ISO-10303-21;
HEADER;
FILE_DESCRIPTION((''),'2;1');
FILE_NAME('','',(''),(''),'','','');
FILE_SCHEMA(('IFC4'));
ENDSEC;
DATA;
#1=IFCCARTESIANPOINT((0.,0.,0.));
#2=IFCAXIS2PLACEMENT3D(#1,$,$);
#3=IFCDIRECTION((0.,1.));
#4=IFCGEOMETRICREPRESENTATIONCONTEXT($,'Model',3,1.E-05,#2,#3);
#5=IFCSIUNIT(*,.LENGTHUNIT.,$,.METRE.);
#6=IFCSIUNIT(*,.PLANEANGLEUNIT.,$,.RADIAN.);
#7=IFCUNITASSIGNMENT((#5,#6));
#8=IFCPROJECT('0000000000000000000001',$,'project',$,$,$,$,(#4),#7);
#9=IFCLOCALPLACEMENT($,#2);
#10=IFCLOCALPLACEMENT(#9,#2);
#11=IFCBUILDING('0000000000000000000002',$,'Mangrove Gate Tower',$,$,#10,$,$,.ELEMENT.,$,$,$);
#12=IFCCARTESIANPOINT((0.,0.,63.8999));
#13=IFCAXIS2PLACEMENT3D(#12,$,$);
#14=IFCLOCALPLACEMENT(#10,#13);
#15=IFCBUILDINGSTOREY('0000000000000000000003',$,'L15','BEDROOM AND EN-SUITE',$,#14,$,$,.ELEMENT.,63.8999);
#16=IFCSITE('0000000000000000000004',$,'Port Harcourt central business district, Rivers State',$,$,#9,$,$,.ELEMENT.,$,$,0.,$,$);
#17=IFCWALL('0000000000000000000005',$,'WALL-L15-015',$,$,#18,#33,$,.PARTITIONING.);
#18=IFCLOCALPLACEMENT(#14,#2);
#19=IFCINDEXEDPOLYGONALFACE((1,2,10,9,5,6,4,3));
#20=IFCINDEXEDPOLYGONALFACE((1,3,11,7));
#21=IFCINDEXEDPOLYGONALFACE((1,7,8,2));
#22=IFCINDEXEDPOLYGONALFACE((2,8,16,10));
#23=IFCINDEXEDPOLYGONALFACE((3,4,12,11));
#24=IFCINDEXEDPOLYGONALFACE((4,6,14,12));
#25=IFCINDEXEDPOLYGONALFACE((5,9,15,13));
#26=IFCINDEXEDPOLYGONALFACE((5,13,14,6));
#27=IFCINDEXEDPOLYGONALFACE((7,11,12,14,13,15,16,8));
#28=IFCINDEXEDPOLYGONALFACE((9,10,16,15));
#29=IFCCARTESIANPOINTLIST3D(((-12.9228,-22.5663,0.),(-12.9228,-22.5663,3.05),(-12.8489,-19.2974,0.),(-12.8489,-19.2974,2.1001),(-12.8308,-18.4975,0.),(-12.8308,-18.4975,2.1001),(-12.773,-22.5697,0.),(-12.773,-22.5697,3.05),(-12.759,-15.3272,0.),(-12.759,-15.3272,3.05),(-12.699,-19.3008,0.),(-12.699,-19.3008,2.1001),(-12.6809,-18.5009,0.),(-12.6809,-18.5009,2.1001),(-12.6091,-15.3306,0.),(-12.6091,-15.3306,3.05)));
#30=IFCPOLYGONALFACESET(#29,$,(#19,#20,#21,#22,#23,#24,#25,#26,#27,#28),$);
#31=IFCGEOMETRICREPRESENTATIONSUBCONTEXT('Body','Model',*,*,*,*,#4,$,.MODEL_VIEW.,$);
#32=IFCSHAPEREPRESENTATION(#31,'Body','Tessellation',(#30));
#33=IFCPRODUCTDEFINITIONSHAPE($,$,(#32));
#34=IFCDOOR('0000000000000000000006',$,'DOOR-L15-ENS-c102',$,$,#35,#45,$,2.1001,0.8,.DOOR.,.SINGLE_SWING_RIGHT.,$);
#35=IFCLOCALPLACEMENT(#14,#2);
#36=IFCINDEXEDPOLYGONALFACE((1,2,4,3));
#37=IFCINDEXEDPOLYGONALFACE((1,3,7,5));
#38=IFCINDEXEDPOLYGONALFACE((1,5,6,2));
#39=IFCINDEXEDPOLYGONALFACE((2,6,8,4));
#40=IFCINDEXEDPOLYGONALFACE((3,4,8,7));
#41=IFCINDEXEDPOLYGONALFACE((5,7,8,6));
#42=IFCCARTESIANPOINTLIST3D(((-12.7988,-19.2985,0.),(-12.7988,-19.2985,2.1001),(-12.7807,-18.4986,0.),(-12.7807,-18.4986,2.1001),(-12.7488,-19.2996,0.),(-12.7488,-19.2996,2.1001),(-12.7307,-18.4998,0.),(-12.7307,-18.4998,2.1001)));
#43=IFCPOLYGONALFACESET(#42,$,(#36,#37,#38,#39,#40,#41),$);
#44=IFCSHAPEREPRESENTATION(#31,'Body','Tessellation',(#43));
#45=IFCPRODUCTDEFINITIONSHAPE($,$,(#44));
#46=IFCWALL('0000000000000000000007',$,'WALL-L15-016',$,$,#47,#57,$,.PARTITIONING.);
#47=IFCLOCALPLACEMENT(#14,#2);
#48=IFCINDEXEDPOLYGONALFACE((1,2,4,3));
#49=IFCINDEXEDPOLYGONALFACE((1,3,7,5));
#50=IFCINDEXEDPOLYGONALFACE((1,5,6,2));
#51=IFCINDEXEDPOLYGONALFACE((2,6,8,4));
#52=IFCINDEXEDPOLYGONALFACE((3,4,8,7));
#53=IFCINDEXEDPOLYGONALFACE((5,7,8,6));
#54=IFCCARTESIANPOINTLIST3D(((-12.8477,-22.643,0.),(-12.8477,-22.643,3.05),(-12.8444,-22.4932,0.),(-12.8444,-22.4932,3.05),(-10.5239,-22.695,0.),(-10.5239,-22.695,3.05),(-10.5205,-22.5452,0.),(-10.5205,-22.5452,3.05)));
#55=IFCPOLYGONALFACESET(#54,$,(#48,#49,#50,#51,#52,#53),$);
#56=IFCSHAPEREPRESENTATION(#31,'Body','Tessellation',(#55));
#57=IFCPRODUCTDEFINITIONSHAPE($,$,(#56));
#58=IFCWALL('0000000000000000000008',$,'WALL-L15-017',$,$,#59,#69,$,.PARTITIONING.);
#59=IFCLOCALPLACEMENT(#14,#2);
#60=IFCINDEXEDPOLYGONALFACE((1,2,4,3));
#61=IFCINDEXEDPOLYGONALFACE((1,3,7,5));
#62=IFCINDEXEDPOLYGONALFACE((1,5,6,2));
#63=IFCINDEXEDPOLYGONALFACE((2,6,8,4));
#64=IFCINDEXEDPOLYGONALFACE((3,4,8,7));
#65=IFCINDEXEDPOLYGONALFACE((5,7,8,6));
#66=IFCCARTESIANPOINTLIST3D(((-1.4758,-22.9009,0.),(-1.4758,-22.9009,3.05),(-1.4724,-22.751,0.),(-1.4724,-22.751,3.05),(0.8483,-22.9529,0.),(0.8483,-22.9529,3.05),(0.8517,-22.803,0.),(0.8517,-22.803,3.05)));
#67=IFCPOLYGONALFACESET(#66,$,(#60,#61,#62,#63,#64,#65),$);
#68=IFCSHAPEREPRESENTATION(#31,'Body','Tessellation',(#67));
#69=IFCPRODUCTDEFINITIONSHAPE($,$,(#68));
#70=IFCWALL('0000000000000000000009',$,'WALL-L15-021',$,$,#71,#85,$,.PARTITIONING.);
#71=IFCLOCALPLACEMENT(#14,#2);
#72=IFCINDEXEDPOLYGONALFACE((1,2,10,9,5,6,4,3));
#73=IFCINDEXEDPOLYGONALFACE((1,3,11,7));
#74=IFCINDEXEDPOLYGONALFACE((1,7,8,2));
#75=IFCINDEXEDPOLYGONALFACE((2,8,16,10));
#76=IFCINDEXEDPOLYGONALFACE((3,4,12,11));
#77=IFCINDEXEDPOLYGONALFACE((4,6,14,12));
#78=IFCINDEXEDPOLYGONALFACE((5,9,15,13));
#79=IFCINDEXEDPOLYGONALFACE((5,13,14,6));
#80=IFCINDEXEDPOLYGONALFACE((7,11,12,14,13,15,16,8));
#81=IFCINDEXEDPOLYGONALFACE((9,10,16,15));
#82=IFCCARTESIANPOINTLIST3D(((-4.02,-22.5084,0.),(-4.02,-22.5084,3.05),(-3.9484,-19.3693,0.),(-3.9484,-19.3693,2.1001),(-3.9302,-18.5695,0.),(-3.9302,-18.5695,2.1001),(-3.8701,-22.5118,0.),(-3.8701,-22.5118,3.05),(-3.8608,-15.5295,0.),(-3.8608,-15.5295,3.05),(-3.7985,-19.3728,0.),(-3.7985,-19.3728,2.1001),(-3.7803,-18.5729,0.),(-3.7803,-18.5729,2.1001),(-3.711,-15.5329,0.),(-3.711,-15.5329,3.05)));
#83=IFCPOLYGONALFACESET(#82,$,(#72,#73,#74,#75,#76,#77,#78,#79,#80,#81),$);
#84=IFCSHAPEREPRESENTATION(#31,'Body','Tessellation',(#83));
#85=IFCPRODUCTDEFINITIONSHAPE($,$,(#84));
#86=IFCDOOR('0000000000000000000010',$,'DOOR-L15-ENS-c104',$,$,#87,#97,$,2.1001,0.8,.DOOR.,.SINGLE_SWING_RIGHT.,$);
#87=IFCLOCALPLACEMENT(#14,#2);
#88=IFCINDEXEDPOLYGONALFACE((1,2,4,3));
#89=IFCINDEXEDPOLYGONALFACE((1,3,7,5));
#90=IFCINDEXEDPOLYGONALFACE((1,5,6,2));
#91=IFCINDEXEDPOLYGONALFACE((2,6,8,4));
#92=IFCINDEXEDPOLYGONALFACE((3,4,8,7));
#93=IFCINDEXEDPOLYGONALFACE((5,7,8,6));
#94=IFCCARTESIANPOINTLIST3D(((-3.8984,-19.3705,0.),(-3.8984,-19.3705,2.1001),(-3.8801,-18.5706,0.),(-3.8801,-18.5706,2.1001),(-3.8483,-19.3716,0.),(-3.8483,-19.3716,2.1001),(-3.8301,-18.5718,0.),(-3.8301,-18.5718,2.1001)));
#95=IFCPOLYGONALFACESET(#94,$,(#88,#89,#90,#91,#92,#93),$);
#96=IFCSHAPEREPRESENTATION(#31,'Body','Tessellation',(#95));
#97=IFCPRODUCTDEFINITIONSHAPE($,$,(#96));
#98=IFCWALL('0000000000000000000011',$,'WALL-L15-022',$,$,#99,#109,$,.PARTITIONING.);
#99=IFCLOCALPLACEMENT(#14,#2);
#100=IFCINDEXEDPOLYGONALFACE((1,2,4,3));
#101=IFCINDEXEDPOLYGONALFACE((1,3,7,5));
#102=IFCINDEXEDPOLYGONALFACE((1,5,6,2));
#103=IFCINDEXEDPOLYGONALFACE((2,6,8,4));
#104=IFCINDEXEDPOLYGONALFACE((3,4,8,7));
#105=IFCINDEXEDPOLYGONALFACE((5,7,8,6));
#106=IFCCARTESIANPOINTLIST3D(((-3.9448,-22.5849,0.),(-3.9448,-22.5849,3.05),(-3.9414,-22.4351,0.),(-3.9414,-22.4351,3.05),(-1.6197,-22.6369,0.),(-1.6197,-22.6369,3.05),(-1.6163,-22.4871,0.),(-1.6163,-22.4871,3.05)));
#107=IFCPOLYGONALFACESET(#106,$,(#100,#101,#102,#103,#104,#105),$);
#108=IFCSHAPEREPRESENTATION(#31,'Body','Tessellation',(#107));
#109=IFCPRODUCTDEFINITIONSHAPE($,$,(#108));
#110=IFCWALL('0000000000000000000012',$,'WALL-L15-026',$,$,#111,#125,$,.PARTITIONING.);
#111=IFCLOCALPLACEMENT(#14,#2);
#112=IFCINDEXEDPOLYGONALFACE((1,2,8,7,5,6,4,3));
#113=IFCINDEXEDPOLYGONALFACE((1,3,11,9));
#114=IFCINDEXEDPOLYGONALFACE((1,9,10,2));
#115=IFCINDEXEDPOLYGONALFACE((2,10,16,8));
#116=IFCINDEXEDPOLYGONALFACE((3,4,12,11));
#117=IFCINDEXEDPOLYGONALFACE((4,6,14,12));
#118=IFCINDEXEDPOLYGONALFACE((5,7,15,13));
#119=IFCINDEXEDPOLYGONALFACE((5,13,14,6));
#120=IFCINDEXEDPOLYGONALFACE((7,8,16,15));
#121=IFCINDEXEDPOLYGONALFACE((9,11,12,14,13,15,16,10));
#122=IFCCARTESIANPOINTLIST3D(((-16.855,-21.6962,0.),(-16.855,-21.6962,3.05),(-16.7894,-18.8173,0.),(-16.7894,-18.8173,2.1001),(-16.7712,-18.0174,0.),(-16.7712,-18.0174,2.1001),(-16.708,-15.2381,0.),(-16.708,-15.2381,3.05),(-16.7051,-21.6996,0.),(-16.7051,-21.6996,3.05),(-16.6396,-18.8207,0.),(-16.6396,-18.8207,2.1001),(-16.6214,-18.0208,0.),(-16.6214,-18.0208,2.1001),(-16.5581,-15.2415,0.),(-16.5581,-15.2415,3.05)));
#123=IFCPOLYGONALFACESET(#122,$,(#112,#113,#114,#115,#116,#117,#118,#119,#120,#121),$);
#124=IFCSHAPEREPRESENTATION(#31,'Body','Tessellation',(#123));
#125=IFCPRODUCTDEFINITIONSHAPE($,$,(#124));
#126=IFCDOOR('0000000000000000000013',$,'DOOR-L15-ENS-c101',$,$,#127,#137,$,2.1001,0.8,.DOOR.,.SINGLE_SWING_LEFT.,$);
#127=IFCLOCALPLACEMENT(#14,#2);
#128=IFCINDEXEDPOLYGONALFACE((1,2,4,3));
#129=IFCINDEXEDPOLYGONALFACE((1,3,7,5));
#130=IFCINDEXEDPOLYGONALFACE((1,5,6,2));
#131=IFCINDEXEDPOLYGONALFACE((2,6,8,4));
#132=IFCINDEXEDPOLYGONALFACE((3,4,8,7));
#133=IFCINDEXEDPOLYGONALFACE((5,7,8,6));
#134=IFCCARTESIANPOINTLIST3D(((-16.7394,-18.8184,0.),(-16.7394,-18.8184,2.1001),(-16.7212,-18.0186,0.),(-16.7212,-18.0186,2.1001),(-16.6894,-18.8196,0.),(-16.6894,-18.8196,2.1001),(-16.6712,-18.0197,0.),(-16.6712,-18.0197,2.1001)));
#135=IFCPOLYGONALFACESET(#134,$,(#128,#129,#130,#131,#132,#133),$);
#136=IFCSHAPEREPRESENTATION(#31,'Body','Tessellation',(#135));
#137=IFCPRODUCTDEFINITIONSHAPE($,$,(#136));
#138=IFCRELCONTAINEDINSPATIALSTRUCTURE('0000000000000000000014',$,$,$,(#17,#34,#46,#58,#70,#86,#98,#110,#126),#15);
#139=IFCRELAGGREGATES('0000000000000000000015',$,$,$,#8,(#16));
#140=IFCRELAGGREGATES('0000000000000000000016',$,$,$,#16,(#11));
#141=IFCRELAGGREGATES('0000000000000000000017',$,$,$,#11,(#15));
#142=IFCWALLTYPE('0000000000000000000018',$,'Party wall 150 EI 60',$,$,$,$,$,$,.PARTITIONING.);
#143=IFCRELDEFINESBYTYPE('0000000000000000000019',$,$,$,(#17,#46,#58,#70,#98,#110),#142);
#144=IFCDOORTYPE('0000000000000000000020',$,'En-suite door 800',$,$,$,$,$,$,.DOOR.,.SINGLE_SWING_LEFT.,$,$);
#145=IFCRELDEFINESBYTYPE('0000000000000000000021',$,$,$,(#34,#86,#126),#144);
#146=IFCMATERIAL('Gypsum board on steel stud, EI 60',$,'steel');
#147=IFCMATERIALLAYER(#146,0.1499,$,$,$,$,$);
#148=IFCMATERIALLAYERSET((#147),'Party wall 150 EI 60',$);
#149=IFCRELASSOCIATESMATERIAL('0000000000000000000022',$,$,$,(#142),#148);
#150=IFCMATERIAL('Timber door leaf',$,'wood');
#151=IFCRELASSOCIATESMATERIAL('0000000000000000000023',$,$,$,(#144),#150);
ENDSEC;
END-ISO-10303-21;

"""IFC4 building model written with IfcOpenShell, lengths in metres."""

from ifc_helpers import new_model, si_unit, direction, frame, frame_2d, origin, place, context, subcontext, project, spatial, rectangle, extrude, material, layer, layer_set, type_object, element, fill, save


model = new_model("IFC4")

# Units and contexts
model_context = context("Model", 3, precision=1e-05, world=origin(), true_north=direction((0.0, 1.0)))
body_context = subcontext(model_context, "Body", "Model", "MODEL_VIEW")
ifc_project = project(units=[si_unit("LENGTHUNIT", "METRE"), si_unit("PLANEANGLEUNIT", "RADIAN")], contexts=[model_context])

# Site, building, storey
site_placement = place(None, origin())
site = spatial("IfcSite", under=ifc_project, at=site_placement, Name="Port Harcourt central business district, Rivers State", CompositionType="ELEMENT", RefElevation=0.0)
building_placement = place(site_placement, origin())
building = spatial("IfcBuilding", under=site, at=building_placement, Name="Mangrove Gate Tower", CompositionType="ELEMENT")
storey_placement = place(building_placement, frame((0.0, 0.0, 63.8999)))
storey = spatial("IfcBuildingStorey", under=building, at=storey_placement, Name="L15", Description="BEDROOM AND EN-SUITE", CompositionType="ELEMENT", Elevation=63.8999)

# Shared definitions
ifc_material_1 = material(Name="Gypsum board on steel stud, EI 60", Category="steel")
ifc_layer = layer(ifc_material_1, 0.1499)
ifc_layer_set = layer_set([ifc_layer], Name="Party wall 150 EI 60")
wall_type = type_object("IfcWallType", Name="Party wall 150 EI 60", PredefinedType="PARTITIONING", material=ifc_layer_set)

# Wall, opening, door
ifc_material_2 = material(Name="Timber door leaf", Category="wood")
door_type = type_object("IfcDoorType", Name="En-suite door 800", OperationType="SINGLE_SWING_LEFT", PredefinedType="DOOR", material=ifc_material_2)
wall_1_placement = place(storey_placement, frame((-12.8479, -22.5681, 0.0), z_axis=(0.0, 0.0, 1.0), x_axis=(0.022624, 0.999744, 0.0)))
wall_1 = element("IfcWall", 1, at=wall_1_placement, inside=storey, type_object=wall_type, Name="WALL-L15-015", PredefinedType="PARTITIONING", context=body_context, shape_type="SweptSolid", body=[
    extrude(rectangle(XDim=7.241, YDim=0.1499, at=frame_2d((3.6206, 0.0))), origin(), (0.0, 0.0, 1.0), 3.05),
])
opening_1_placement = place(wall_1_placement, frame((3.27, 0.0, 0.0)))
opening_1 = element("IfcOpeningElement", 2, at=opening_1_placement, cuts=wall_1, PredefinedType="OPENING", context=body_context, shape_type="SweptSolid", body=[
    extrude(rectangle(XDim=0.8, YDim=2.1001, at=frame_2d((0.3999, 1.05))), frame((0.0, 0.085, 0.0), z_axis=(0.0, -1.0, 0.0), x_axis=(1.0, 0.0, 0.0)), (0.0, 0.0, 1.0), 0.1699),
])
door_1_placement = place(opening_1_placement, origin())
door_1 = element("IfcDoor", 3, at=door_1_placement, inside=storey, type_object=door_type, Name="DOOR-L15-ENS-c102", OperationType="SINGLE_SWING_RIGHT", OverallHeight=2.1001, OverallWidth=0.8, PredefinedType="DOOR", context=body_context, shape_type="SweptSolid", body=[
    extrude(rectangle(XDim=0.8, YDim=2.1001, at=frame_2d((0.3999, 1.05))), frame((0.0, 0.0249, 0.0), z_axis=(0.0, -1.0, 0.0), x_axis=(1.0, 0.0, 0.0)), (0.0, 0.0, 1.0), 0.05),
])
fill(opening_1, door_1)

# Walls
wall_2_placement = place(storey_placement, frame((-12.8459, -22.5681, 0.0), z_axis=(0.0, 0.0, 1.0), x_axis=(0.99975, -0.022371, 0.0)))
element("IfcWall", 4, at=wall_2_placement, inside=storey, type_object=wall_type, Name="WALL-L15-016", PredefinedType="PARTITIONING", context=body_context, shape_type="SweptSolid", body=[
    extrude(rectangle(XDim=2.3245, YDim=0.1499, at=frame_2d((1.1621, 0.0))), origin(), (0.0, 0.0, 1.0), 3.05),
])
wall_3_placement = place(storey_placement, frame((-1.4741, -22.8259, 0.0), z_axis=(0.0, 0.0, 1.0), x_axis=(0.99975, -0.022368, 0.0)))
element("IfcWall", 5, at=wall_3_placement, inside=storey, type_object=wall_type, Name="WALL-L15-017", PredefinedType="PARTITIONING", context=body_context, shape_type="SweptSolid", body=[
    extrude(rectangle(XDim=2.3247, YDim=0.1499, at=frame_2d((1.1624, 0.0))), origin(), (0.0, 0.0, 1.0), 3.05),
])

# Wall, opening, door
wall_4_placement = place(storey_placement, frame((-3.9451, -22.51, 0.0), z_axis=(0.0, 0.0, 1.0), x_axis=(0.022802, 0.99974, 0.0)))
wall_4 = element("IfcWall", 6, at=wall_4_placement, inside=storey, type_object=wall_type, Name="WALL-L15-021", PredefinedType="PARTITIONING", context=body_context, shape_type="SweptSolid", body=[
    extrude(rectangle(XDim=6.9807, YDim=0.1499, at=frame_2d((3.4902, 0.0))), origin(), (0.0, 0.0, 1.0), 3.05),
])
opening_2_placement = place(wall_4_placement, frame((3.1399, 0.0, 0.0)))
opening_2 = element("IfcOpeningElement", 7, at=opening_2_placement, cuts=wall_4, PredefinedType="OPENING", context=body_context, shape_type="SweptSolid", body=[
    extrude(rectangle(XDim=0.8, YDim=2.1001, at=frame_2d((0.3999, 1.05))), frame((0.0, 0.085, 0.0), z_axis=(0.0, -1.0, 0.0), x_axis=(1.0, 0.0, 0.0)), (0.0, 0.0, 1.0), 0.1699),
])
door_2_placement = place(opening_2_placement, origin())
door_2 = element("IfcDoor", 8, at=door_2_placement, inside=storey, type_object=door_type, Name="DOOR-L15-ENS-c104", OperationType="SINGLE_SWING_RIGHT", OverallHeight=2.1001, OverallWidth=0.8, PredefinedType="DOOR", context=body_context, shape_type="SweptSolid", body=[
    extrude(rectangle(XDim=0.8, YDim=2.1001, at=frame_2d((0.3999, 1.05))), frame((0.0, 0.0249, 0.0), z_axis=(0.0, -1.0, 0.0), x_axis=(1.0, 0.0, 0.0)), (0.0, 0.0, 1.0), 0.05),
])
fill(opening_2, door_2)

# Wall
wall_5_placement = place(storey_placement, frame((-3.9431, -22.51, 0.0), z_axis=(0.0, 0.0, 1.0), x_axis=(0.99975, -0.022359, 0.0)))
element("IfcWall", 9, at=wall_5_placement, inside=storey, type_object=wall_type, Name="WALL-L15-022", PredefinedType="PARTITIONING", context=body_context, shape_type="SweptSolid", body=[
    extrude(rectangle(XDim=2.3257, YDim=0.1499, at=frame_2d((1.1628, 0.0))), origin(), (0.0, 0.0, 1.0), 3.05),
])

# Wall, opening, door
wall_6_placement = place(storey_placement, frame((-16.78, -21.698, 0.0), z_axis=(0.0, 0.0, 1.0), x_axis=(0.022752, 0.999741, 0.0)))
wall_6 = element("IfcWall", 10, at=wall_6_placement, inside=storey, type_object=wall_type, Name="WALL-L15-026", PredefinedType="PARTITIONING", context=body_context, shape_type="SweptSolid", body=[
    extrude(rectangle(XDim=6.4597, YDim=0.1499, at=frame_2d((3.23, 0.0))), origin(), (0.0, 0.0, 1.0), 3.05),
])
opening_3_placement = place(wall_6_placement, frame((2.8799, 0.0, 0.0)))
opening_3 = element("IfcOpeningElement", 11, at=opening_3_placement, cuts=wall_6, PredefinedType="OPENING", context=body_context, shape_type="SweptSolid", body=[
    extrude(rectangle(XDim=0.8, YDim=2.1001, at=frame_2d((0.3999, 1.05))), frame((0.0, 0.085, 0.0), z_axis=(0.0, -1.0, 0.0), x_axis=(1.0, 0.0, 0.0)), (0.0, 0.0, 1.0), 0.1699),
])
door_3_placement = place(opening_3_placement, origin())
door_3 = element("IfcDoor", 12, at=door_3_placement, inside=storey, type_object=door_type, Name="DOOR-L15-ENS-c101", OperationType="SINGLE_SWING_LEFT", OverallHeight=2.1001, OverallWidth=0.8, PredefinedType="DOOR", context=body_context, shape_type="SweptSolid", body=[
    extrude(rectangle(XDim=0.8, YDim=2.1001, at=frame_2d((0.3999, 1.05))), frame((0.0, 0.0249, 0.0), z_axis=(0.0, -1.0, 0.0), x_axis=(1.0, 0.0, 0.0)), (0.0, 0.0, 1.0), 0.05),
])
fill(opening_3, door_3)

save(model, "model.ifc")
